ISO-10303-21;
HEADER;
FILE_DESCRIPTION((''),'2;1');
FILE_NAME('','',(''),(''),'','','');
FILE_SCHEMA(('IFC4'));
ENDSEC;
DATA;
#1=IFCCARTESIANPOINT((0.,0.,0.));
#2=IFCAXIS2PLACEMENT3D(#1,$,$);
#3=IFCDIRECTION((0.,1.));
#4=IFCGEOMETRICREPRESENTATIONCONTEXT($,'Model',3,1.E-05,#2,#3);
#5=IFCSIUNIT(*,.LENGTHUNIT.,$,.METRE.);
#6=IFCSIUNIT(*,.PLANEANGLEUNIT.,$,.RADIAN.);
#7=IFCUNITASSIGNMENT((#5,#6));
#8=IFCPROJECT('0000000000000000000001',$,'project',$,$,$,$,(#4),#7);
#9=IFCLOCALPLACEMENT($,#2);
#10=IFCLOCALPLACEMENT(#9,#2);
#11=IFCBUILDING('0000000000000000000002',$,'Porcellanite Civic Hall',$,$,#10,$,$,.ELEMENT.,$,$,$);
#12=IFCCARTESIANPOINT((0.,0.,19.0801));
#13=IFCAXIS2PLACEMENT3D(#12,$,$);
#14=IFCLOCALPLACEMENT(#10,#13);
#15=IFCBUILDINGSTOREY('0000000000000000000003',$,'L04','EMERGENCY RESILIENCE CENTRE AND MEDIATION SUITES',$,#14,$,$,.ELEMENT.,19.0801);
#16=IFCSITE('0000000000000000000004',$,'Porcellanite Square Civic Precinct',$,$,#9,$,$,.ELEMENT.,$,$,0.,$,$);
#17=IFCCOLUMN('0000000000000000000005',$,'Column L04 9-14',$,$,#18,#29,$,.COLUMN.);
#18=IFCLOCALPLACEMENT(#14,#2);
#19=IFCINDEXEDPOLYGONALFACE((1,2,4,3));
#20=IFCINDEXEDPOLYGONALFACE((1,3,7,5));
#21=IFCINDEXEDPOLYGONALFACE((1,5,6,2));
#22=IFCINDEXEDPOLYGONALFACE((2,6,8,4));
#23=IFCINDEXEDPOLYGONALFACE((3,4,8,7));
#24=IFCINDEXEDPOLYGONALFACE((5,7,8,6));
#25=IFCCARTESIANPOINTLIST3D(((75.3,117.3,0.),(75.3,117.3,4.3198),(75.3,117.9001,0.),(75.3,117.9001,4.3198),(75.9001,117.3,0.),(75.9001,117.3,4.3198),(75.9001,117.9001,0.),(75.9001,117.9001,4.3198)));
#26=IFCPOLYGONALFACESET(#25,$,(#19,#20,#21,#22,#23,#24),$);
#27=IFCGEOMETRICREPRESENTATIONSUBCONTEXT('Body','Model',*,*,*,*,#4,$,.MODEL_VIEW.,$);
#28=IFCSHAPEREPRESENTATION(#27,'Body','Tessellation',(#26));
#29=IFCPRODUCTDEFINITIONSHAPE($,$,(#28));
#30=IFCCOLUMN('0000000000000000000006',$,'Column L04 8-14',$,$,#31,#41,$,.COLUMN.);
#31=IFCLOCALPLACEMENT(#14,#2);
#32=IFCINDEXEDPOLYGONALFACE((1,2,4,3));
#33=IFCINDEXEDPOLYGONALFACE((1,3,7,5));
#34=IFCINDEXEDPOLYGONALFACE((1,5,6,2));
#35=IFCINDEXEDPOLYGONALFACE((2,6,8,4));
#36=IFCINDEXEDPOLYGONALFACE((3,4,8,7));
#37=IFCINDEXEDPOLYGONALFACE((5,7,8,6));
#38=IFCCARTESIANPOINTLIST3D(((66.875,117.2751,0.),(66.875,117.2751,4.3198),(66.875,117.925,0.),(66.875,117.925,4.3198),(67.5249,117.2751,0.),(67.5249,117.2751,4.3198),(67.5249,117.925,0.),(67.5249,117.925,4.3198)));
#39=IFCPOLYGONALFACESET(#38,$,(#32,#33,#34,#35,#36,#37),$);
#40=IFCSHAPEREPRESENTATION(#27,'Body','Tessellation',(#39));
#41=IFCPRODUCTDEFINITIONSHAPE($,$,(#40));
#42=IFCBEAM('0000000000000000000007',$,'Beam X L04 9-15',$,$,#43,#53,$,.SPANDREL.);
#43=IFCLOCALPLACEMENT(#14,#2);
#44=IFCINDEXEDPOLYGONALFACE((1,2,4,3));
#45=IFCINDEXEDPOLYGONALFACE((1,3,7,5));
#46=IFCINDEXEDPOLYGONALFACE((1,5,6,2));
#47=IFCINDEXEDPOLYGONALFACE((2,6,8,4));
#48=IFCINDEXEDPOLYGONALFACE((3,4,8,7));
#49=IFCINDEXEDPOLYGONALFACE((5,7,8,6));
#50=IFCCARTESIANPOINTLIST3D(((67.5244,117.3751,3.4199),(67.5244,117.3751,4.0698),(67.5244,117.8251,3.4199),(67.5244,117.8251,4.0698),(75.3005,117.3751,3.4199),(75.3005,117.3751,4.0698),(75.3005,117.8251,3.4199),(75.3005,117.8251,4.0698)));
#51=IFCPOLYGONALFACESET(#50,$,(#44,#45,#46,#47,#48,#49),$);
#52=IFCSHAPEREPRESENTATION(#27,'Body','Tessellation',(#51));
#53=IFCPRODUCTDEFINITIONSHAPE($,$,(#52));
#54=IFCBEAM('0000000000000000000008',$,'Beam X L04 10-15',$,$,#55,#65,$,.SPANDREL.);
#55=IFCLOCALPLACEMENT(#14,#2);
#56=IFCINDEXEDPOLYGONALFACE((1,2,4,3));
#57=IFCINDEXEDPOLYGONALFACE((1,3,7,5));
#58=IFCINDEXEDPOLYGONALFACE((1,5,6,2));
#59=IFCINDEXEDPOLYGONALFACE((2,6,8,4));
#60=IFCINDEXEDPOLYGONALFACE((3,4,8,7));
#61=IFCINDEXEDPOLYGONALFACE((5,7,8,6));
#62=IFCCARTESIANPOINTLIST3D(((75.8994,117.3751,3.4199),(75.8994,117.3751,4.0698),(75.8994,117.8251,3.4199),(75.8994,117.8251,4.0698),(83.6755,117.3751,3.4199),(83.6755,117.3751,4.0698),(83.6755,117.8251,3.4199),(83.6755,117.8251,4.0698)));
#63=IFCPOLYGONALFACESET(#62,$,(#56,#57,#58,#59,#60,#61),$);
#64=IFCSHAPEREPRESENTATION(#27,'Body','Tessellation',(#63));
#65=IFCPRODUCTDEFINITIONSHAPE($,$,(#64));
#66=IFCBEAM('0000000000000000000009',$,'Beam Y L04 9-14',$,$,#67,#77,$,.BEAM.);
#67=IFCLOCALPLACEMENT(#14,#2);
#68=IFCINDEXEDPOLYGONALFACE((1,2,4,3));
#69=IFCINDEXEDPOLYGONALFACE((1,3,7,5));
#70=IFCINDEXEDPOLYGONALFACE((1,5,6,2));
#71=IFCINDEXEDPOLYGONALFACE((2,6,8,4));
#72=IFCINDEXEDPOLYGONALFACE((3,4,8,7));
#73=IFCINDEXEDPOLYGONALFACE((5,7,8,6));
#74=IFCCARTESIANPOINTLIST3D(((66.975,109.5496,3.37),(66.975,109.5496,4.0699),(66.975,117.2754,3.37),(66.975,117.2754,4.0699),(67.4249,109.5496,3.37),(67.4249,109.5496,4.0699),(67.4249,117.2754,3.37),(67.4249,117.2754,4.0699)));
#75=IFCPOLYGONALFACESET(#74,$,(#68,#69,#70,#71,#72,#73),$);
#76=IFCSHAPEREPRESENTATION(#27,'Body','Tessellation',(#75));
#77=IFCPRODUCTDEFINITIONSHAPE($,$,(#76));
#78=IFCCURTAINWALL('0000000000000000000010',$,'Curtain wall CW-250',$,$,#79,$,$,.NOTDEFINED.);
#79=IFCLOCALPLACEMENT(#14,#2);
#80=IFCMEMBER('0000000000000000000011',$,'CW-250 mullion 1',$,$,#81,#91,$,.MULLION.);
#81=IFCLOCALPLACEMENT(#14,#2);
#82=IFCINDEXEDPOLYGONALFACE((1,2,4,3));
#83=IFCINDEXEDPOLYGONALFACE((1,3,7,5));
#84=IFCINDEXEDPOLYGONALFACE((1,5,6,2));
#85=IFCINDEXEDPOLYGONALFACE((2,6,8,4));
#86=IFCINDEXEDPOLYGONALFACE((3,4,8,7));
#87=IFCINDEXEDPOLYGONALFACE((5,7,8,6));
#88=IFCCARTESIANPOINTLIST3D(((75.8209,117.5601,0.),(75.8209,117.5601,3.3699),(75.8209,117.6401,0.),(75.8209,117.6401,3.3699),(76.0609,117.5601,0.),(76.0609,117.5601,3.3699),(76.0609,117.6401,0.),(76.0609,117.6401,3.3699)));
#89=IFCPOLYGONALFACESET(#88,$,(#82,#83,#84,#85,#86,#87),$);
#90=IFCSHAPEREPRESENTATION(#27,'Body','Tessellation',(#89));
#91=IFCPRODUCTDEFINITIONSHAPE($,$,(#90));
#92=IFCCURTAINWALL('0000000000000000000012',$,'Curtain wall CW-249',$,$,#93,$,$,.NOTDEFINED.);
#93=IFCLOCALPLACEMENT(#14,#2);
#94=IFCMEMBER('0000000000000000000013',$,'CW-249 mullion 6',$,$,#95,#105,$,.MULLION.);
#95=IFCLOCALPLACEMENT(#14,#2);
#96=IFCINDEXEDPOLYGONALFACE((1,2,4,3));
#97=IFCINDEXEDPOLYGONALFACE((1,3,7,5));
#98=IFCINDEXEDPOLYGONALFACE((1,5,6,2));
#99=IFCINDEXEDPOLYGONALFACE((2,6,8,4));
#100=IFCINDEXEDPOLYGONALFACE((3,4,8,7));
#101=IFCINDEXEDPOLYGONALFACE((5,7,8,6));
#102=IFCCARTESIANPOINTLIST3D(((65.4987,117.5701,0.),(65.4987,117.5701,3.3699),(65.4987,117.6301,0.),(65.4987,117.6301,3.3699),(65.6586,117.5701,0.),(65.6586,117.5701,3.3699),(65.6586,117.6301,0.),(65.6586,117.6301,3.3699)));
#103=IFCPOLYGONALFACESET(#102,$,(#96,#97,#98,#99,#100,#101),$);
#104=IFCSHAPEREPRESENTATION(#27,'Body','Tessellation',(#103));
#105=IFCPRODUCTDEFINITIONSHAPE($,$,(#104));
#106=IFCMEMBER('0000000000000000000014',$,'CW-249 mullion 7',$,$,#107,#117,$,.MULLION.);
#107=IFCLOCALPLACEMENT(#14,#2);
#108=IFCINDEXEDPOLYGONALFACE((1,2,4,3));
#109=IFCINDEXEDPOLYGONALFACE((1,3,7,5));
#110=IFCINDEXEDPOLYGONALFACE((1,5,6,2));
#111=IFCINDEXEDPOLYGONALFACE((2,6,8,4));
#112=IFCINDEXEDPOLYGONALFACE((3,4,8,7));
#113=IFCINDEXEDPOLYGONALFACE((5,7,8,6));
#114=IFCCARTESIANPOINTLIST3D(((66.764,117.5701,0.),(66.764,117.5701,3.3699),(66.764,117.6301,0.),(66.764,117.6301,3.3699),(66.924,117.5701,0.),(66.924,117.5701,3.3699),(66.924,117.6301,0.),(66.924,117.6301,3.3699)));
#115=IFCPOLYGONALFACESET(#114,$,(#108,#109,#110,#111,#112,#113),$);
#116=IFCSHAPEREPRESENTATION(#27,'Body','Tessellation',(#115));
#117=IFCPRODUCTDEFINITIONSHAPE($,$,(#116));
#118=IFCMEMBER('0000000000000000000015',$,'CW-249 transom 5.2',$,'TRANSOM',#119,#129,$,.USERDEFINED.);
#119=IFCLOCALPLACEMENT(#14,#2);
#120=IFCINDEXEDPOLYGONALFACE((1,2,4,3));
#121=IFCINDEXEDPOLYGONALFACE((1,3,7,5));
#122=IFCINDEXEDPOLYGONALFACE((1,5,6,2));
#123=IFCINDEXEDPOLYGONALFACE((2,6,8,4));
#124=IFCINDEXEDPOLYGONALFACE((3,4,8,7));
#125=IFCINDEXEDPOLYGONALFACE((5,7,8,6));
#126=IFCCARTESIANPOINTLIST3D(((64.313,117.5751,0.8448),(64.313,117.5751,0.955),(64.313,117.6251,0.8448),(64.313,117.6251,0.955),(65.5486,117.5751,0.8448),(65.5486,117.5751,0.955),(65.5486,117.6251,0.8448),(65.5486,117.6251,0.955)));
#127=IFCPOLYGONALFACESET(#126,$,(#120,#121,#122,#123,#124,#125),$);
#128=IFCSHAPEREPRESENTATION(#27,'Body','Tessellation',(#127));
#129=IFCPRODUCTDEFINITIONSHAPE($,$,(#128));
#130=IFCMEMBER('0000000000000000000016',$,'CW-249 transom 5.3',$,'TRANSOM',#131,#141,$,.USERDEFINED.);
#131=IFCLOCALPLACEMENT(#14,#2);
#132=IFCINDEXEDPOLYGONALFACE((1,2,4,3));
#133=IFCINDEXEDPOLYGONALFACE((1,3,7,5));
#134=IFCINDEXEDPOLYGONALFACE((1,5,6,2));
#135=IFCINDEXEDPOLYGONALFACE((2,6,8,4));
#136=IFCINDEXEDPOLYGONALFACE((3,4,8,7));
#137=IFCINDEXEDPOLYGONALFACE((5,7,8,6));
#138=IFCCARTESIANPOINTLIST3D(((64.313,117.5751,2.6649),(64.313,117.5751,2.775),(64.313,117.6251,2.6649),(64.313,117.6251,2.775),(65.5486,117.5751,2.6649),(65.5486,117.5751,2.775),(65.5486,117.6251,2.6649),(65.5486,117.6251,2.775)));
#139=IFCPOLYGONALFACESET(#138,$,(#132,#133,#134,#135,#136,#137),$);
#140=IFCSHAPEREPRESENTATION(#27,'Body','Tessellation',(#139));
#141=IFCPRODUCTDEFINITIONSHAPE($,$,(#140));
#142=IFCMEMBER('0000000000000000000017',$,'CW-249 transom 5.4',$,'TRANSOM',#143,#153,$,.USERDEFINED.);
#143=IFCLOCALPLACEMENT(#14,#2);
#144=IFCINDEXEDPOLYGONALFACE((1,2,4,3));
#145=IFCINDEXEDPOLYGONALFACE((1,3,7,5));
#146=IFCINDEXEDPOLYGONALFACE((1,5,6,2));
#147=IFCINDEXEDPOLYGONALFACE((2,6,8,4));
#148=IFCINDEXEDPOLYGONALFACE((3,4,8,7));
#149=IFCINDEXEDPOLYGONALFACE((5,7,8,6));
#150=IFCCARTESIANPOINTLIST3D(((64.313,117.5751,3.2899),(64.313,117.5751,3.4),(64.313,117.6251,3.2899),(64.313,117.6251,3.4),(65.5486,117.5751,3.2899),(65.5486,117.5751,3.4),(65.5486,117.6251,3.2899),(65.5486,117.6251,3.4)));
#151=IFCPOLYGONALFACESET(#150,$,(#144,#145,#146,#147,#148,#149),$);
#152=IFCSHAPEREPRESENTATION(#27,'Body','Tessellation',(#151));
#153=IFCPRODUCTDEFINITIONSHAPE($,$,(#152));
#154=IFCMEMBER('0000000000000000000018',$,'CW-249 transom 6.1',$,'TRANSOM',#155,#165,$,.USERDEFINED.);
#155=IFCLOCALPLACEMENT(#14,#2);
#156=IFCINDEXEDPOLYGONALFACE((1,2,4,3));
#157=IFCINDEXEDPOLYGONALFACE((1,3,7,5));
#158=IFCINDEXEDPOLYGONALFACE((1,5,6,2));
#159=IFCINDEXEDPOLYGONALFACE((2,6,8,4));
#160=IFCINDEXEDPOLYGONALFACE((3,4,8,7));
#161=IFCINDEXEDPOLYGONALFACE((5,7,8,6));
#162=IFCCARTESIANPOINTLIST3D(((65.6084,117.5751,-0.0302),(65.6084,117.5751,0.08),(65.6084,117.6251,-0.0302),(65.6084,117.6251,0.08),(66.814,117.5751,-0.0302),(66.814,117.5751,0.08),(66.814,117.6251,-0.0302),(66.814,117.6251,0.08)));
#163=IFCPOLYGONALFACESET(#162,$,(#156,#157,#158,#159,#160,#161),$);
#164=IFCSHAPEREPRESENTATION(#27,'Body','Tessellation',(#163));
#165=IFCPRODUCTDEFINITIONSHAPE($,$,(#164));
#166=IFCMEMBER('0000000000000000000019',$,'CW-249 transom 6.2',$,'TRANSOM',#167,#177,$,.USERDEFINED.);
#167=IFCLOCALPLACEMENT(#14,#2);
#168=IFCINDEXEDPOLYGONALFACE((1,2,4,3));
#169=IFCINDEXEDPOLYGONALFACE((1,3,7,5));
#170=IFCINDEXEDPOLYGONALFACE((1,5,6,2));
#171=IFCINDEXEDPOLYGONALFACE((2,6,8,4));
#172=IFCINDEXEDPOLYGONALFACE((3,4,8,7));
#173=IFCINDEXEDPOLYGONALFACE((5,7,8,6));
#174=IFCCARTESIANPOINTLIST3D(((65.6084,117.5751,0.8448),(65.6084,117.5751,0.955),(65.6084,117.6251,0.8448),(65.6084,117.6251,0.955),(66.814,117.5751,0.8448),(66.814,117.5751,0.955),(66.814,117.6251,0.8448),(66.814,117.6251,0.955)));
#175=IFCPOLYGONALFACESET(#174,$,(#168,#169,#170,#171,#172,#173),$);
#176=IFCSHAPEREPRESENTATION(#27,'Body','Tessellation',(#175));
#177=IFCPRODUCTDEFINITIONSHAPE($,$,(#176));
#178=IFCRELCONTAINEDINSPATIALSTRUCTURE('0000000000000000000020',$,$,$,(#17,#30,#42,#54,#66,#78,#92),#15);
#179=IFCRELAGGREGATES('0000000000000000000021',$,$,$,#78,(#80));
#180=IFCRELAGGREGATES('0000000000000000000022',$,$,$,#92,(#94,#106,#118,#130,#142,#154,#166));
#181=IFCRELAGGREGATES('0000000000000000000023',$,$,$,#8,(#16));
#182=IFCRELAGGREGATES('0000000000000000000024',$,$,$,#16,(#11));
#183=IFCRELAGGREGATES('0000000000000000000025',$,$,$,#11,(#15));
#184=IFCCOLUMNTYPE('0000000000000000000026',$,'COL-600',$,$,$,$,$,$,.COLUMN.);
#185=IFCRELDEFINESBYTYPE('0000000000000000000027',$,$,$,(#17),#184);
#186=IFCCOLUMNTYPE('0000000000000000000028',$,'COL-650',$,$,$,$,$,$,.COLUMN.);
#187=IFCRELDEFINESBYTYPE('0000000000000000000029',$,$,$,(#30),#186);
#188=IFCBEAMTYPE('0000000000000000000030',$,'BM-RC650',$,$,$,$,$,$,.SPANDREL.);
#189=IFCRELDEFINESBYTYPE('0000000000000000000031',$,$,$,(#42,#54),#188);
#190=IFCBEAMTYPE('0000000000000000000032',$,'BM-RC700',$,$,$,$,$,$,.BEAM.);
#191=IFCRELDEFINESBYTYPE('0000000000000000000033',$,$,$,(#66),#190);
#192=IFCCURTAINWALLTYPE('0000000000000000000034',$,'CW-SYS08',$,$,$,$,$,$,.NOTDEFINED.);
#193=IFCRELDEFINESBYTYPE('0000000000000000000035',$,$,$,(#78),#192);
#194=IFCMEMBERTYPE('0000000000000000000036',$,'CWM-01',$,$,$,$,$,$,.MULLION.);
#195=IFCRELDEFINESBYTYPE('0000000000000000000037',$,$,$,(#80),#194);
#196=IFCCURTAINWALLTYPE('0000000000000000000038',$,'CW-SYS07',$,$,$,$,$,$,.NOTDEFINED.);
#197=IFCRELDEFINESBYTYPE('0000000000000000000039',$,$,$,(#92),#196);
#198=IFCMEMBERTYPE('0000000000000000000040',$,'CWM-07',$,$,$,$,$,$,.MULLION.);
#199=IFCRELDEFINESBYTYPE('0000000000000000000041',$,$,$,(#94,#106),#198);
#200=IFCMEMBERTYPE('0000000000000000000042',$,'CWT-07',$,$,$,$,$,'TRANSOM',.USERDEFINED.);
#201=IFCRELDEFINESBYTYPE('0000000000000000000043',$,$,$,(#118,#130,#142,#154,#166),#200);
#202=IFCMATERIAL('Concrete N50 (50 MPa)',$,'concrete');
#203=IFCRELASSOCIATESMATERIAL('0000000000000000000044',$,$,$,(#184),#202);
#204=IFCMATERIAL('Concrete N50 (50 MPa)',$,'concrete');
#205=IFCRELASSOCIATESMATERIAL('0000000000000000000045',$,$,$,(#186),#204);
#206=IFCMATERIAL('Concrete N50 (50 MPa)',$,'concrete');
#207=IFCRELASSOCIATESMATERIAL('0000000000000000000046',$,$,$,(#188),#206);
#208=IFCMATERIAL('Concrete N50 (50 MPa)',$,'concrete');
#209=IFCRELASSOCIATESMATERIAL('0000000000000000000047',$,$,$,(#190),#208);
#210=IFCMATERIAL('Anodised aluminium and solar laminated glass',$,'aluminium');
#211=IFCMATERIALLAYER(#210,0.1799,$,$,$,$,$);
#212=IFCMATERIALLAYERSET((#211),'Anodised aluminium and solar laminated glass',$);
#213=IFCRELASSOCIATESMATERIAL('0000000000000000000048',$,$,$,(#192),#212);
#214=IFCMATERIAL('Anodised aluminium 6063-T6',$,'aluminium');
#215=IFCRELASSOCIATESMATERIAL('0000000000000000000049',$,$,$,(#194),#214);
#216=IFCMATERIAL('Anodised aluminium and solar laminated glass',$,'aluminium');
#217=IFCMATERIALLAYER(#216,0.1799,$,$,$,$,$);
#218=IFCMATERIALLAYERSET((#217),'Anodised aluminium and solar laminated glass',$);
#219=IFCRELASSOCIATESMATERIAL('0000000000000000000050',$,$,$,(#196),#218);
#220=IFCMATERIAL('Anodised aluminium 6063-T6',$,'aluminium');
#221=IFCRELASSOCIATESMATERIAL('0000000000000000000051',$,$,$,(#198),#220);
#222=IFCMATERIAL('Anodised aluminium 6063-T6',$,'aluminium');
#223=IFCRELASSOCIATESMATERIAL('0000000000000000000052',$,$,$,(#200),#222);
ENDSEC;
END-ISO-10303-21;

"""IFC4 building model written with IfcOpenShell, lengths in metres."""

from ifc_helpers import new_model, si_unit, direction, frame, origin, origin_2d, place, context, subcontext, project, spatial, rectangle, extrude, material, layer, layer_set, material_profile, profile_set, type_object, element, aggregate, save


model = new_model("IFC4")

# Units and contexts
model_context = context("Model", 3, precision=1e-05, world=origin(), true_north=direction((0.0, 1.0)))
body_context = subcontext(model_context, "Body", "Model", "MODEL_VIEW")
ifc_project = project(units=[si_unit("LENGTHUNIT", "METRE"), si_unit("PLANEANGLEUNIT", "RADIAN")], contexts=[model_context])

# Site, building, storey
site_placement = place(None, origin())
site = spatial("IfcSite", under=ifc_project, at=site_placement, Name="Porcellanite Square Civic Precinct", CompositionType="ELEMENT", RefElevation=0.0)
building_placement = place(site_placement, origin())
building = spatial("IfcBuilding", under=site, at=building_placement, Name="Porcellanite Civic Hall", CompositionType="ELEMENT")
storey_placement = place(building_placement, frame((0.0, 0.0, 19.0801)))
storey = spatial("IfcBuildingStorey", under=building, at=storey_placement, Name="L04", Description="EMERGENCY RESILIENCE CENTRE AND MEDIATION SUITES", CompositionType="ELEMENT", Elevation=19.0801)

# Columns
ifc_material_1 = material(Name="Concrete N50 (50 MPa)", Category="concrete")
ifc_material_profile_1 = material_profile(ifc_material_1, rectangle(XDim=0.6001, YDim=0.6001, at=origin_2d()), Name="RC-600x600")
ifc_profile_set_1 = profile_set([ifc_material_profile_1], Name="Concrete N50 (50 MPa)")
column_type_1 = type_object("IfcColumnType", Name="COL-600", PredefinedType="COLUMN", material=ifc_profile_set_1)
column_1_placement = place(storey_placement, frame((75.6001, 117.6001, 0.0), z_axis=(0.0, 0.0, 1.0), x_axis=(1.0, 0.0, 0.0)))
element("IfcColumn", 1, at=column_1_placement, inside=storey, type_object=column_type_1, Name="Column L04 9-14", PredefinedType="COLUMN", context=body_context, shape_type="SweptSolid", body=[
    extrude(rectangle(XDim=0.6001, YDim=0.6001, at=origin_2d()), origin(), (0.0, 0.0, 1.0), 4.3198),
])
ifc_material_2 = material(Name="Concrete N50 (50 MPa)", Category="concrete")
ifc_material_profile_2 = material_profile(ifc_material_2, rectangle(XDim=0.6499, YDim=0.6499, at=origin_2d()), Name="RC-650x650")
ifc_profile_set_2 = profile_set([ifc_material_profile_2], Name="Concrete N50 (50 MPa)")
column_type_2 = type_object("IfcColumnType", Name="COL-650", PredefinedType="COLUMN", material=ifc_profile_set_2)
column_2_placement = place(storey_placement, frame((67.2, 117.6001, 0.0), z_axis=(0.0, 0.0, 1.0), x_axis=(1.0, 0.0, 0.0)))
element("IfcColumn", 2, at=column_2_placement, inside=storey, type_object=column_type_2, Name="Column L04 8-14", PredefinedType="COLUMN", context=body_context, shape_type="SweptSolid", body=[
    extrude(rectangle(XDim=0.6499, YDim=0.6499, at=origin_2d()), origin(), (0.0, 0.0, 1.0), 4.3198),
])

# Beams
ifc_material_3 = material(Name="Concrete N50 (50 MPa)", Category="concrete")
ifc_material_profile_3 = material_profile(ifc_material_3, rectangle(XDim=0.45, YDim=0.6499, at=origin_2d()), Name="RC-450x650")
ifc_profile_set_3 = profile_set([ifc_material_profile_3], Name="Concrete N50 (50 MPa)")
beam_type_1 = type_object("IfcBeamType", Name="BM-RC650", PredefinedType="SPANDREL", material=ifc_profile_set_3)
for number, where, z_axis, x_axis, name in (
    (3, (67.5244, 117.6001, 3.7449), (1.0, 0.0, 0.0), (0.0, 1.0, 0.0), "Beam X L04 9-15"),
    (4, (75.8994, 117.6001, 3.7449), (1.0, 0.0, 0.0), (0.0, 1.0, 0.0), "Beam X L04 10-15"),
):
    element("IfcBeam", number, at=place(storey_placement, frame(where, z_axis=z_axis, x_axis=x_axis)), inside=storey, type_object=beam_type_1, Name=name, PredefinedType="SPANDREL", context=body_context, shape_type="SweptSolid", body=[
        extrude(rectangle(XDim=0.45, YDim=0.6499, at=origin_2d()), origin(), (0.0, 0.0, 1.0), 7.7761),
    ])
ifc_material_4 = material(Name="Concrete N50 (50 MPa)", Category="concrete")
ifc_material_profile_4 = material_profile(ifc_material_4, rectangle(XDim=0.45, YDim=0.7, at=origin_2d()), Name="RC-450x700")
ifc_profile_set_4 = profile_set([ifc_material_profile_4], Name="Concrete N50 (50 MPa)")
beam_type_2 = type_object("IfcBeamType", Name="BM-RC700", PredefinedType="BEAM", material=ifc_profile_set_4)
beam_1_placement = place(storey_placement, frame((67.2, 109.5496, 3.72), z_axis=(0.0, 1.0, 0.0), x_axis=(-1.0, 0.0, 0.0)))
element("IfcBeam", 5, at=beam_1_placement, inside=storey, type_object=beam_type_2, Name="Beam Y L04 9-14", PredefinedType="BEAM", context=body_context, shape_type="SweptSolid", body=[
    extrude(rectangle(XDim=0.45, YDim=0.7, at=origin_2d()), origin(), (0.0, 0.0, 1.0), 7.7258),
])

# Curtain wall, member
ifc_material_5 = material(Name="Anodised aluminium and solar laminated glass", Category="aluminium")
ifc_layer_1 = layer(ifc_material_5, 0.1799)
ifc_layer_set_1 = layer_set([ifc_layer_1], Name="Anodised aluminium and solar laminated glass")
curtain_wall_type_1 = type_object("IfcCurtainWallType", Name="CW-SYS08", PredefinedType="NOTDEFINED", material=ifc_layer_set_1)
curtain_wall_1_placement = place(storey_placement, origin())
curtain_wall_1 = element("IfcCurtainWall", 6, at=curtain_wall_1_placement, inside=storey, type_object=curtain_wall_type_1, Name="Curtain wall CW-250", PredefinedType="NOTDEFINED")
ifc_material_6 = material(Name="Anodised aluminium 6063-T6", Category="aluminium")
ifc_material_profile_5 = material_profile(ifc_material_6, rectangle(XDim=0.0801, YDim=0.24, at=origin_2d()), Name="AL-80x240")
ifc_profile_set_5 = profile_set([ifc_material_profile_5], Name="Anodised aluminium 6063-T6")
member_type_1 = type_object("IfcMemberType", Name="CWM-01", PredefinedType="MULLION", material=ifc_profile_set_5)
member_1_placement = place(storey_placement, frame((75.9409, 117.6001, 0.0), z_axis=(0.0, 0.0, 1.0), x_axis=(0.0, 1.0, 0.0)))
member_1 = element("IfcMember", 7, at=member_1_placement, type_object=member_type_1, Name="CW-250 mullion 1", PredefinedType="MULLION", context=body_context, shape_type="SweptSolid", body=[
    extrude(rectangle(XDim=0.0801, YDim=0.24, at=origin_2d()), origin(), (0.0, 0.0, 1.0), 3.3699),
])
aggregate(curtain_wall_1, [member_1])

# Curtain wall, members
ifc_material_7 = material(Name="Anodised aluminium and solar laminated glass", Category="aluminium")
ifc_layer_2 = layer(ifc_material_7, 0.1799)
ifc_layer_set_2 = layer_set([ifc_layer_2], Name="Anodised aluminium and solar laminated glass")
curtain_wall_type_2 = type_object("IfcCurtainWallType", Name="CW-SYS07", PredefinedType="NOTDEFINED", material=ifc_layer_set_2)
curtain_wall_2_placement = place(storey_placement, origin())
curtain_wall_2 = element("IfcCurtainWall", 8, at=curtain_wall_2_placement, inside=storey, type_object=curtain_wall_type_2, Name="Curtain wall CW-249", PredefinedType="NOTDEFINED")
ifc_material_8 = material(Name="Anodised aluminium 6063-T6", Category="aluminium")
ifc_material_profile_6 = material_profile(ifc_material_8, rectangle(XDim=0.0601, YDim=0.1599, at=origin_2d()), Name="AL-60x160")
ifc_profile_set_6 = profile_set([ifc_material_profile_6], Name="Anodised aluminium 6063-T6")
member_type_2 = type_object("IfcMemberType", Name="CWM-07", PredefinedType="MULLION", material=ifc_profile_set_6)
member_2_placement = place(storey_placement, frame((65.5786, 117.6001, 0.0), z_axis=(0.0, 0.0, 1.0), x_axis=(0.0, 1.0, 0.0)))
member_2 = element("IfcMember", 9, at=member_2_placement, type_object=member_type_2, Name="CW-249 mullion 6", PredefinedType="MULLION", context=body_context, shape_type="SweptSolid", body=[
    extrude(rectangle(XDim=0.0601, YDim=0.1599, at=origin_2d()), origin(), (0.0, 0.0, 1.0), 3.3699),
])
member_3_placement = place(storey_placement, frame((66.844, 117.6001, 0.0), z_axis=(0.0, 0.0, 1.0), x_axis=(0.0, 1.0, 0.0)))
member_3 = element("IfcMember", 10, at=member_3_placement, type_object=member_type_2, Name="CW-249 mullion 7", PredefinedType="MULLION", context=body_context, shape_type="SweptSolid", body=[
    extrude(rectangle(XDim=0.0601, YDim=0.1599, at=origin_2d()), origin(), (0.0, 0.0, 1.0), 3.3699),
])
ifc_material_9 = material(Name="Anodised aluminium 6063-T6", Category="aluminium")
ifc_material_profile_7 = material_profile(ifc_material_9, rectangle(XDim=0.05, YDim=0.1101, at=origin_2d()), Name="AL-50x110")
ifc_profile_set_7 = profile_set([ifc_material_profile_7], Name="Anodised aluminium 6063-T6")
member_type_3 = type_object("IfcMemberType", Name="CWT-07", ElementType="TRANSOM", PredefinedType="USERDEFINED", material=ifc_profile_set_7)
member_4_placement = place(storey_placement, frame((64.313, 117.6001, 0.8999), z_axis=(1.0, 0.0, 0.0), x_axis=(0.0, 1.0, 0.0)))
member_4 = element("IfcMember", 11, at=member_4_placement, type_object=member_type_3, Name="CW-249 transom 5.2", ObjectType="TRANSOM", PredefinedType="USERDEFINED", context=body_context, shape_type="SweptSolid", body=[
    extrude(rectangle(XDim=0.05, YDim=0.1101, at=origin_2d()), origin(), (0.0, 0.0, 1.0), 1.2356),
])
member_5_placement = place(storey_placement, frame((64.313, 117.6001, 2.72), z_axis=(1.0, 0.0, 0.0), x_axis=(0.0, 1.0, 0.0)))
member_5 = element("IfcMember", 12, at=member_5_placement, type_object=member_type_3, Name="CW-249 transom 5.3", ObjectType="TRANSOM", PredefinedType="USERDEFINED", context=body_context, shape_type="SweptSolid", body=[
    extrude(rectangle(XDim=0.05, YDim=0.1101, at=origin_2d()), origin(), (0.0, 0.0, 1.0), 1.2356),
])
member_6_placement = place(storey_placement, frame((64.313, 117.6001, 3.345), z_axis=(1.0, 0.0, 0.0), x_axis=(0.0, 1.0, 0.0)))
member_6 = element("IfcMember", 13, at=member_6_placement, type_object=member_type_3, Name="CW-249 transom 5.4", ObjectType="TRANSOM", PredefinedType="USERDEFINED", context=body_context, shape_type="SweptSolid", body=[
    extrude(rectangle(XDim=0.05, YDim=0.1101, at=origin_2d()), origin(), (0.0, 0.0, 1.0), 1.2356),
])
member_7_placement = place(storey_placement, frame((65.6084, 117.6001, 0.0249), z_axis=(1.0, 0.0, 0.0), x_axis=(0.0, 1.0, 0.0)))
member_7 = element("IfcMember", 14, at=member_7_placement, type_object=member_type_3, Name="CW-249 transom 6.1", ObjectType="TRANSOM", PredefinedType="USERDEFINED", context=body_context, shape_type="SweptSolid", body=[
    extrude(rectangle(XDim=0.05, YDim=0.1101, at=origin_2d()), origin(), (0.0, 0.0, 1.0), 1.2056),
])
member_8_placement = place(storey_placement, frame((65.6084, 117.6001, 0.8999), z_axis=(1.0, 0.0, 0.0), x_axis=(0.0, 1.0, 0.0)))
member_8 = element("IfcMember", 15, at=member_8_placement, type_object=member_type_3, Name="CW-249 transom 6.2", ObjectType="TRANSOM", PredefinedType="USERDEFINED", context=body_context, shape_type="SweptSolid", body=[
    extrude(rectangle(XDim=0.05, YDim=0.1101, at=origin_2d()), origin(), (0.0, 0.0, 1.0), 1.2056),
])

aggregate(curtain_wall_2, [member_2, member_3, member_4, member_5, member_6, member_7, member_8])

save(model, "model.ifc")
